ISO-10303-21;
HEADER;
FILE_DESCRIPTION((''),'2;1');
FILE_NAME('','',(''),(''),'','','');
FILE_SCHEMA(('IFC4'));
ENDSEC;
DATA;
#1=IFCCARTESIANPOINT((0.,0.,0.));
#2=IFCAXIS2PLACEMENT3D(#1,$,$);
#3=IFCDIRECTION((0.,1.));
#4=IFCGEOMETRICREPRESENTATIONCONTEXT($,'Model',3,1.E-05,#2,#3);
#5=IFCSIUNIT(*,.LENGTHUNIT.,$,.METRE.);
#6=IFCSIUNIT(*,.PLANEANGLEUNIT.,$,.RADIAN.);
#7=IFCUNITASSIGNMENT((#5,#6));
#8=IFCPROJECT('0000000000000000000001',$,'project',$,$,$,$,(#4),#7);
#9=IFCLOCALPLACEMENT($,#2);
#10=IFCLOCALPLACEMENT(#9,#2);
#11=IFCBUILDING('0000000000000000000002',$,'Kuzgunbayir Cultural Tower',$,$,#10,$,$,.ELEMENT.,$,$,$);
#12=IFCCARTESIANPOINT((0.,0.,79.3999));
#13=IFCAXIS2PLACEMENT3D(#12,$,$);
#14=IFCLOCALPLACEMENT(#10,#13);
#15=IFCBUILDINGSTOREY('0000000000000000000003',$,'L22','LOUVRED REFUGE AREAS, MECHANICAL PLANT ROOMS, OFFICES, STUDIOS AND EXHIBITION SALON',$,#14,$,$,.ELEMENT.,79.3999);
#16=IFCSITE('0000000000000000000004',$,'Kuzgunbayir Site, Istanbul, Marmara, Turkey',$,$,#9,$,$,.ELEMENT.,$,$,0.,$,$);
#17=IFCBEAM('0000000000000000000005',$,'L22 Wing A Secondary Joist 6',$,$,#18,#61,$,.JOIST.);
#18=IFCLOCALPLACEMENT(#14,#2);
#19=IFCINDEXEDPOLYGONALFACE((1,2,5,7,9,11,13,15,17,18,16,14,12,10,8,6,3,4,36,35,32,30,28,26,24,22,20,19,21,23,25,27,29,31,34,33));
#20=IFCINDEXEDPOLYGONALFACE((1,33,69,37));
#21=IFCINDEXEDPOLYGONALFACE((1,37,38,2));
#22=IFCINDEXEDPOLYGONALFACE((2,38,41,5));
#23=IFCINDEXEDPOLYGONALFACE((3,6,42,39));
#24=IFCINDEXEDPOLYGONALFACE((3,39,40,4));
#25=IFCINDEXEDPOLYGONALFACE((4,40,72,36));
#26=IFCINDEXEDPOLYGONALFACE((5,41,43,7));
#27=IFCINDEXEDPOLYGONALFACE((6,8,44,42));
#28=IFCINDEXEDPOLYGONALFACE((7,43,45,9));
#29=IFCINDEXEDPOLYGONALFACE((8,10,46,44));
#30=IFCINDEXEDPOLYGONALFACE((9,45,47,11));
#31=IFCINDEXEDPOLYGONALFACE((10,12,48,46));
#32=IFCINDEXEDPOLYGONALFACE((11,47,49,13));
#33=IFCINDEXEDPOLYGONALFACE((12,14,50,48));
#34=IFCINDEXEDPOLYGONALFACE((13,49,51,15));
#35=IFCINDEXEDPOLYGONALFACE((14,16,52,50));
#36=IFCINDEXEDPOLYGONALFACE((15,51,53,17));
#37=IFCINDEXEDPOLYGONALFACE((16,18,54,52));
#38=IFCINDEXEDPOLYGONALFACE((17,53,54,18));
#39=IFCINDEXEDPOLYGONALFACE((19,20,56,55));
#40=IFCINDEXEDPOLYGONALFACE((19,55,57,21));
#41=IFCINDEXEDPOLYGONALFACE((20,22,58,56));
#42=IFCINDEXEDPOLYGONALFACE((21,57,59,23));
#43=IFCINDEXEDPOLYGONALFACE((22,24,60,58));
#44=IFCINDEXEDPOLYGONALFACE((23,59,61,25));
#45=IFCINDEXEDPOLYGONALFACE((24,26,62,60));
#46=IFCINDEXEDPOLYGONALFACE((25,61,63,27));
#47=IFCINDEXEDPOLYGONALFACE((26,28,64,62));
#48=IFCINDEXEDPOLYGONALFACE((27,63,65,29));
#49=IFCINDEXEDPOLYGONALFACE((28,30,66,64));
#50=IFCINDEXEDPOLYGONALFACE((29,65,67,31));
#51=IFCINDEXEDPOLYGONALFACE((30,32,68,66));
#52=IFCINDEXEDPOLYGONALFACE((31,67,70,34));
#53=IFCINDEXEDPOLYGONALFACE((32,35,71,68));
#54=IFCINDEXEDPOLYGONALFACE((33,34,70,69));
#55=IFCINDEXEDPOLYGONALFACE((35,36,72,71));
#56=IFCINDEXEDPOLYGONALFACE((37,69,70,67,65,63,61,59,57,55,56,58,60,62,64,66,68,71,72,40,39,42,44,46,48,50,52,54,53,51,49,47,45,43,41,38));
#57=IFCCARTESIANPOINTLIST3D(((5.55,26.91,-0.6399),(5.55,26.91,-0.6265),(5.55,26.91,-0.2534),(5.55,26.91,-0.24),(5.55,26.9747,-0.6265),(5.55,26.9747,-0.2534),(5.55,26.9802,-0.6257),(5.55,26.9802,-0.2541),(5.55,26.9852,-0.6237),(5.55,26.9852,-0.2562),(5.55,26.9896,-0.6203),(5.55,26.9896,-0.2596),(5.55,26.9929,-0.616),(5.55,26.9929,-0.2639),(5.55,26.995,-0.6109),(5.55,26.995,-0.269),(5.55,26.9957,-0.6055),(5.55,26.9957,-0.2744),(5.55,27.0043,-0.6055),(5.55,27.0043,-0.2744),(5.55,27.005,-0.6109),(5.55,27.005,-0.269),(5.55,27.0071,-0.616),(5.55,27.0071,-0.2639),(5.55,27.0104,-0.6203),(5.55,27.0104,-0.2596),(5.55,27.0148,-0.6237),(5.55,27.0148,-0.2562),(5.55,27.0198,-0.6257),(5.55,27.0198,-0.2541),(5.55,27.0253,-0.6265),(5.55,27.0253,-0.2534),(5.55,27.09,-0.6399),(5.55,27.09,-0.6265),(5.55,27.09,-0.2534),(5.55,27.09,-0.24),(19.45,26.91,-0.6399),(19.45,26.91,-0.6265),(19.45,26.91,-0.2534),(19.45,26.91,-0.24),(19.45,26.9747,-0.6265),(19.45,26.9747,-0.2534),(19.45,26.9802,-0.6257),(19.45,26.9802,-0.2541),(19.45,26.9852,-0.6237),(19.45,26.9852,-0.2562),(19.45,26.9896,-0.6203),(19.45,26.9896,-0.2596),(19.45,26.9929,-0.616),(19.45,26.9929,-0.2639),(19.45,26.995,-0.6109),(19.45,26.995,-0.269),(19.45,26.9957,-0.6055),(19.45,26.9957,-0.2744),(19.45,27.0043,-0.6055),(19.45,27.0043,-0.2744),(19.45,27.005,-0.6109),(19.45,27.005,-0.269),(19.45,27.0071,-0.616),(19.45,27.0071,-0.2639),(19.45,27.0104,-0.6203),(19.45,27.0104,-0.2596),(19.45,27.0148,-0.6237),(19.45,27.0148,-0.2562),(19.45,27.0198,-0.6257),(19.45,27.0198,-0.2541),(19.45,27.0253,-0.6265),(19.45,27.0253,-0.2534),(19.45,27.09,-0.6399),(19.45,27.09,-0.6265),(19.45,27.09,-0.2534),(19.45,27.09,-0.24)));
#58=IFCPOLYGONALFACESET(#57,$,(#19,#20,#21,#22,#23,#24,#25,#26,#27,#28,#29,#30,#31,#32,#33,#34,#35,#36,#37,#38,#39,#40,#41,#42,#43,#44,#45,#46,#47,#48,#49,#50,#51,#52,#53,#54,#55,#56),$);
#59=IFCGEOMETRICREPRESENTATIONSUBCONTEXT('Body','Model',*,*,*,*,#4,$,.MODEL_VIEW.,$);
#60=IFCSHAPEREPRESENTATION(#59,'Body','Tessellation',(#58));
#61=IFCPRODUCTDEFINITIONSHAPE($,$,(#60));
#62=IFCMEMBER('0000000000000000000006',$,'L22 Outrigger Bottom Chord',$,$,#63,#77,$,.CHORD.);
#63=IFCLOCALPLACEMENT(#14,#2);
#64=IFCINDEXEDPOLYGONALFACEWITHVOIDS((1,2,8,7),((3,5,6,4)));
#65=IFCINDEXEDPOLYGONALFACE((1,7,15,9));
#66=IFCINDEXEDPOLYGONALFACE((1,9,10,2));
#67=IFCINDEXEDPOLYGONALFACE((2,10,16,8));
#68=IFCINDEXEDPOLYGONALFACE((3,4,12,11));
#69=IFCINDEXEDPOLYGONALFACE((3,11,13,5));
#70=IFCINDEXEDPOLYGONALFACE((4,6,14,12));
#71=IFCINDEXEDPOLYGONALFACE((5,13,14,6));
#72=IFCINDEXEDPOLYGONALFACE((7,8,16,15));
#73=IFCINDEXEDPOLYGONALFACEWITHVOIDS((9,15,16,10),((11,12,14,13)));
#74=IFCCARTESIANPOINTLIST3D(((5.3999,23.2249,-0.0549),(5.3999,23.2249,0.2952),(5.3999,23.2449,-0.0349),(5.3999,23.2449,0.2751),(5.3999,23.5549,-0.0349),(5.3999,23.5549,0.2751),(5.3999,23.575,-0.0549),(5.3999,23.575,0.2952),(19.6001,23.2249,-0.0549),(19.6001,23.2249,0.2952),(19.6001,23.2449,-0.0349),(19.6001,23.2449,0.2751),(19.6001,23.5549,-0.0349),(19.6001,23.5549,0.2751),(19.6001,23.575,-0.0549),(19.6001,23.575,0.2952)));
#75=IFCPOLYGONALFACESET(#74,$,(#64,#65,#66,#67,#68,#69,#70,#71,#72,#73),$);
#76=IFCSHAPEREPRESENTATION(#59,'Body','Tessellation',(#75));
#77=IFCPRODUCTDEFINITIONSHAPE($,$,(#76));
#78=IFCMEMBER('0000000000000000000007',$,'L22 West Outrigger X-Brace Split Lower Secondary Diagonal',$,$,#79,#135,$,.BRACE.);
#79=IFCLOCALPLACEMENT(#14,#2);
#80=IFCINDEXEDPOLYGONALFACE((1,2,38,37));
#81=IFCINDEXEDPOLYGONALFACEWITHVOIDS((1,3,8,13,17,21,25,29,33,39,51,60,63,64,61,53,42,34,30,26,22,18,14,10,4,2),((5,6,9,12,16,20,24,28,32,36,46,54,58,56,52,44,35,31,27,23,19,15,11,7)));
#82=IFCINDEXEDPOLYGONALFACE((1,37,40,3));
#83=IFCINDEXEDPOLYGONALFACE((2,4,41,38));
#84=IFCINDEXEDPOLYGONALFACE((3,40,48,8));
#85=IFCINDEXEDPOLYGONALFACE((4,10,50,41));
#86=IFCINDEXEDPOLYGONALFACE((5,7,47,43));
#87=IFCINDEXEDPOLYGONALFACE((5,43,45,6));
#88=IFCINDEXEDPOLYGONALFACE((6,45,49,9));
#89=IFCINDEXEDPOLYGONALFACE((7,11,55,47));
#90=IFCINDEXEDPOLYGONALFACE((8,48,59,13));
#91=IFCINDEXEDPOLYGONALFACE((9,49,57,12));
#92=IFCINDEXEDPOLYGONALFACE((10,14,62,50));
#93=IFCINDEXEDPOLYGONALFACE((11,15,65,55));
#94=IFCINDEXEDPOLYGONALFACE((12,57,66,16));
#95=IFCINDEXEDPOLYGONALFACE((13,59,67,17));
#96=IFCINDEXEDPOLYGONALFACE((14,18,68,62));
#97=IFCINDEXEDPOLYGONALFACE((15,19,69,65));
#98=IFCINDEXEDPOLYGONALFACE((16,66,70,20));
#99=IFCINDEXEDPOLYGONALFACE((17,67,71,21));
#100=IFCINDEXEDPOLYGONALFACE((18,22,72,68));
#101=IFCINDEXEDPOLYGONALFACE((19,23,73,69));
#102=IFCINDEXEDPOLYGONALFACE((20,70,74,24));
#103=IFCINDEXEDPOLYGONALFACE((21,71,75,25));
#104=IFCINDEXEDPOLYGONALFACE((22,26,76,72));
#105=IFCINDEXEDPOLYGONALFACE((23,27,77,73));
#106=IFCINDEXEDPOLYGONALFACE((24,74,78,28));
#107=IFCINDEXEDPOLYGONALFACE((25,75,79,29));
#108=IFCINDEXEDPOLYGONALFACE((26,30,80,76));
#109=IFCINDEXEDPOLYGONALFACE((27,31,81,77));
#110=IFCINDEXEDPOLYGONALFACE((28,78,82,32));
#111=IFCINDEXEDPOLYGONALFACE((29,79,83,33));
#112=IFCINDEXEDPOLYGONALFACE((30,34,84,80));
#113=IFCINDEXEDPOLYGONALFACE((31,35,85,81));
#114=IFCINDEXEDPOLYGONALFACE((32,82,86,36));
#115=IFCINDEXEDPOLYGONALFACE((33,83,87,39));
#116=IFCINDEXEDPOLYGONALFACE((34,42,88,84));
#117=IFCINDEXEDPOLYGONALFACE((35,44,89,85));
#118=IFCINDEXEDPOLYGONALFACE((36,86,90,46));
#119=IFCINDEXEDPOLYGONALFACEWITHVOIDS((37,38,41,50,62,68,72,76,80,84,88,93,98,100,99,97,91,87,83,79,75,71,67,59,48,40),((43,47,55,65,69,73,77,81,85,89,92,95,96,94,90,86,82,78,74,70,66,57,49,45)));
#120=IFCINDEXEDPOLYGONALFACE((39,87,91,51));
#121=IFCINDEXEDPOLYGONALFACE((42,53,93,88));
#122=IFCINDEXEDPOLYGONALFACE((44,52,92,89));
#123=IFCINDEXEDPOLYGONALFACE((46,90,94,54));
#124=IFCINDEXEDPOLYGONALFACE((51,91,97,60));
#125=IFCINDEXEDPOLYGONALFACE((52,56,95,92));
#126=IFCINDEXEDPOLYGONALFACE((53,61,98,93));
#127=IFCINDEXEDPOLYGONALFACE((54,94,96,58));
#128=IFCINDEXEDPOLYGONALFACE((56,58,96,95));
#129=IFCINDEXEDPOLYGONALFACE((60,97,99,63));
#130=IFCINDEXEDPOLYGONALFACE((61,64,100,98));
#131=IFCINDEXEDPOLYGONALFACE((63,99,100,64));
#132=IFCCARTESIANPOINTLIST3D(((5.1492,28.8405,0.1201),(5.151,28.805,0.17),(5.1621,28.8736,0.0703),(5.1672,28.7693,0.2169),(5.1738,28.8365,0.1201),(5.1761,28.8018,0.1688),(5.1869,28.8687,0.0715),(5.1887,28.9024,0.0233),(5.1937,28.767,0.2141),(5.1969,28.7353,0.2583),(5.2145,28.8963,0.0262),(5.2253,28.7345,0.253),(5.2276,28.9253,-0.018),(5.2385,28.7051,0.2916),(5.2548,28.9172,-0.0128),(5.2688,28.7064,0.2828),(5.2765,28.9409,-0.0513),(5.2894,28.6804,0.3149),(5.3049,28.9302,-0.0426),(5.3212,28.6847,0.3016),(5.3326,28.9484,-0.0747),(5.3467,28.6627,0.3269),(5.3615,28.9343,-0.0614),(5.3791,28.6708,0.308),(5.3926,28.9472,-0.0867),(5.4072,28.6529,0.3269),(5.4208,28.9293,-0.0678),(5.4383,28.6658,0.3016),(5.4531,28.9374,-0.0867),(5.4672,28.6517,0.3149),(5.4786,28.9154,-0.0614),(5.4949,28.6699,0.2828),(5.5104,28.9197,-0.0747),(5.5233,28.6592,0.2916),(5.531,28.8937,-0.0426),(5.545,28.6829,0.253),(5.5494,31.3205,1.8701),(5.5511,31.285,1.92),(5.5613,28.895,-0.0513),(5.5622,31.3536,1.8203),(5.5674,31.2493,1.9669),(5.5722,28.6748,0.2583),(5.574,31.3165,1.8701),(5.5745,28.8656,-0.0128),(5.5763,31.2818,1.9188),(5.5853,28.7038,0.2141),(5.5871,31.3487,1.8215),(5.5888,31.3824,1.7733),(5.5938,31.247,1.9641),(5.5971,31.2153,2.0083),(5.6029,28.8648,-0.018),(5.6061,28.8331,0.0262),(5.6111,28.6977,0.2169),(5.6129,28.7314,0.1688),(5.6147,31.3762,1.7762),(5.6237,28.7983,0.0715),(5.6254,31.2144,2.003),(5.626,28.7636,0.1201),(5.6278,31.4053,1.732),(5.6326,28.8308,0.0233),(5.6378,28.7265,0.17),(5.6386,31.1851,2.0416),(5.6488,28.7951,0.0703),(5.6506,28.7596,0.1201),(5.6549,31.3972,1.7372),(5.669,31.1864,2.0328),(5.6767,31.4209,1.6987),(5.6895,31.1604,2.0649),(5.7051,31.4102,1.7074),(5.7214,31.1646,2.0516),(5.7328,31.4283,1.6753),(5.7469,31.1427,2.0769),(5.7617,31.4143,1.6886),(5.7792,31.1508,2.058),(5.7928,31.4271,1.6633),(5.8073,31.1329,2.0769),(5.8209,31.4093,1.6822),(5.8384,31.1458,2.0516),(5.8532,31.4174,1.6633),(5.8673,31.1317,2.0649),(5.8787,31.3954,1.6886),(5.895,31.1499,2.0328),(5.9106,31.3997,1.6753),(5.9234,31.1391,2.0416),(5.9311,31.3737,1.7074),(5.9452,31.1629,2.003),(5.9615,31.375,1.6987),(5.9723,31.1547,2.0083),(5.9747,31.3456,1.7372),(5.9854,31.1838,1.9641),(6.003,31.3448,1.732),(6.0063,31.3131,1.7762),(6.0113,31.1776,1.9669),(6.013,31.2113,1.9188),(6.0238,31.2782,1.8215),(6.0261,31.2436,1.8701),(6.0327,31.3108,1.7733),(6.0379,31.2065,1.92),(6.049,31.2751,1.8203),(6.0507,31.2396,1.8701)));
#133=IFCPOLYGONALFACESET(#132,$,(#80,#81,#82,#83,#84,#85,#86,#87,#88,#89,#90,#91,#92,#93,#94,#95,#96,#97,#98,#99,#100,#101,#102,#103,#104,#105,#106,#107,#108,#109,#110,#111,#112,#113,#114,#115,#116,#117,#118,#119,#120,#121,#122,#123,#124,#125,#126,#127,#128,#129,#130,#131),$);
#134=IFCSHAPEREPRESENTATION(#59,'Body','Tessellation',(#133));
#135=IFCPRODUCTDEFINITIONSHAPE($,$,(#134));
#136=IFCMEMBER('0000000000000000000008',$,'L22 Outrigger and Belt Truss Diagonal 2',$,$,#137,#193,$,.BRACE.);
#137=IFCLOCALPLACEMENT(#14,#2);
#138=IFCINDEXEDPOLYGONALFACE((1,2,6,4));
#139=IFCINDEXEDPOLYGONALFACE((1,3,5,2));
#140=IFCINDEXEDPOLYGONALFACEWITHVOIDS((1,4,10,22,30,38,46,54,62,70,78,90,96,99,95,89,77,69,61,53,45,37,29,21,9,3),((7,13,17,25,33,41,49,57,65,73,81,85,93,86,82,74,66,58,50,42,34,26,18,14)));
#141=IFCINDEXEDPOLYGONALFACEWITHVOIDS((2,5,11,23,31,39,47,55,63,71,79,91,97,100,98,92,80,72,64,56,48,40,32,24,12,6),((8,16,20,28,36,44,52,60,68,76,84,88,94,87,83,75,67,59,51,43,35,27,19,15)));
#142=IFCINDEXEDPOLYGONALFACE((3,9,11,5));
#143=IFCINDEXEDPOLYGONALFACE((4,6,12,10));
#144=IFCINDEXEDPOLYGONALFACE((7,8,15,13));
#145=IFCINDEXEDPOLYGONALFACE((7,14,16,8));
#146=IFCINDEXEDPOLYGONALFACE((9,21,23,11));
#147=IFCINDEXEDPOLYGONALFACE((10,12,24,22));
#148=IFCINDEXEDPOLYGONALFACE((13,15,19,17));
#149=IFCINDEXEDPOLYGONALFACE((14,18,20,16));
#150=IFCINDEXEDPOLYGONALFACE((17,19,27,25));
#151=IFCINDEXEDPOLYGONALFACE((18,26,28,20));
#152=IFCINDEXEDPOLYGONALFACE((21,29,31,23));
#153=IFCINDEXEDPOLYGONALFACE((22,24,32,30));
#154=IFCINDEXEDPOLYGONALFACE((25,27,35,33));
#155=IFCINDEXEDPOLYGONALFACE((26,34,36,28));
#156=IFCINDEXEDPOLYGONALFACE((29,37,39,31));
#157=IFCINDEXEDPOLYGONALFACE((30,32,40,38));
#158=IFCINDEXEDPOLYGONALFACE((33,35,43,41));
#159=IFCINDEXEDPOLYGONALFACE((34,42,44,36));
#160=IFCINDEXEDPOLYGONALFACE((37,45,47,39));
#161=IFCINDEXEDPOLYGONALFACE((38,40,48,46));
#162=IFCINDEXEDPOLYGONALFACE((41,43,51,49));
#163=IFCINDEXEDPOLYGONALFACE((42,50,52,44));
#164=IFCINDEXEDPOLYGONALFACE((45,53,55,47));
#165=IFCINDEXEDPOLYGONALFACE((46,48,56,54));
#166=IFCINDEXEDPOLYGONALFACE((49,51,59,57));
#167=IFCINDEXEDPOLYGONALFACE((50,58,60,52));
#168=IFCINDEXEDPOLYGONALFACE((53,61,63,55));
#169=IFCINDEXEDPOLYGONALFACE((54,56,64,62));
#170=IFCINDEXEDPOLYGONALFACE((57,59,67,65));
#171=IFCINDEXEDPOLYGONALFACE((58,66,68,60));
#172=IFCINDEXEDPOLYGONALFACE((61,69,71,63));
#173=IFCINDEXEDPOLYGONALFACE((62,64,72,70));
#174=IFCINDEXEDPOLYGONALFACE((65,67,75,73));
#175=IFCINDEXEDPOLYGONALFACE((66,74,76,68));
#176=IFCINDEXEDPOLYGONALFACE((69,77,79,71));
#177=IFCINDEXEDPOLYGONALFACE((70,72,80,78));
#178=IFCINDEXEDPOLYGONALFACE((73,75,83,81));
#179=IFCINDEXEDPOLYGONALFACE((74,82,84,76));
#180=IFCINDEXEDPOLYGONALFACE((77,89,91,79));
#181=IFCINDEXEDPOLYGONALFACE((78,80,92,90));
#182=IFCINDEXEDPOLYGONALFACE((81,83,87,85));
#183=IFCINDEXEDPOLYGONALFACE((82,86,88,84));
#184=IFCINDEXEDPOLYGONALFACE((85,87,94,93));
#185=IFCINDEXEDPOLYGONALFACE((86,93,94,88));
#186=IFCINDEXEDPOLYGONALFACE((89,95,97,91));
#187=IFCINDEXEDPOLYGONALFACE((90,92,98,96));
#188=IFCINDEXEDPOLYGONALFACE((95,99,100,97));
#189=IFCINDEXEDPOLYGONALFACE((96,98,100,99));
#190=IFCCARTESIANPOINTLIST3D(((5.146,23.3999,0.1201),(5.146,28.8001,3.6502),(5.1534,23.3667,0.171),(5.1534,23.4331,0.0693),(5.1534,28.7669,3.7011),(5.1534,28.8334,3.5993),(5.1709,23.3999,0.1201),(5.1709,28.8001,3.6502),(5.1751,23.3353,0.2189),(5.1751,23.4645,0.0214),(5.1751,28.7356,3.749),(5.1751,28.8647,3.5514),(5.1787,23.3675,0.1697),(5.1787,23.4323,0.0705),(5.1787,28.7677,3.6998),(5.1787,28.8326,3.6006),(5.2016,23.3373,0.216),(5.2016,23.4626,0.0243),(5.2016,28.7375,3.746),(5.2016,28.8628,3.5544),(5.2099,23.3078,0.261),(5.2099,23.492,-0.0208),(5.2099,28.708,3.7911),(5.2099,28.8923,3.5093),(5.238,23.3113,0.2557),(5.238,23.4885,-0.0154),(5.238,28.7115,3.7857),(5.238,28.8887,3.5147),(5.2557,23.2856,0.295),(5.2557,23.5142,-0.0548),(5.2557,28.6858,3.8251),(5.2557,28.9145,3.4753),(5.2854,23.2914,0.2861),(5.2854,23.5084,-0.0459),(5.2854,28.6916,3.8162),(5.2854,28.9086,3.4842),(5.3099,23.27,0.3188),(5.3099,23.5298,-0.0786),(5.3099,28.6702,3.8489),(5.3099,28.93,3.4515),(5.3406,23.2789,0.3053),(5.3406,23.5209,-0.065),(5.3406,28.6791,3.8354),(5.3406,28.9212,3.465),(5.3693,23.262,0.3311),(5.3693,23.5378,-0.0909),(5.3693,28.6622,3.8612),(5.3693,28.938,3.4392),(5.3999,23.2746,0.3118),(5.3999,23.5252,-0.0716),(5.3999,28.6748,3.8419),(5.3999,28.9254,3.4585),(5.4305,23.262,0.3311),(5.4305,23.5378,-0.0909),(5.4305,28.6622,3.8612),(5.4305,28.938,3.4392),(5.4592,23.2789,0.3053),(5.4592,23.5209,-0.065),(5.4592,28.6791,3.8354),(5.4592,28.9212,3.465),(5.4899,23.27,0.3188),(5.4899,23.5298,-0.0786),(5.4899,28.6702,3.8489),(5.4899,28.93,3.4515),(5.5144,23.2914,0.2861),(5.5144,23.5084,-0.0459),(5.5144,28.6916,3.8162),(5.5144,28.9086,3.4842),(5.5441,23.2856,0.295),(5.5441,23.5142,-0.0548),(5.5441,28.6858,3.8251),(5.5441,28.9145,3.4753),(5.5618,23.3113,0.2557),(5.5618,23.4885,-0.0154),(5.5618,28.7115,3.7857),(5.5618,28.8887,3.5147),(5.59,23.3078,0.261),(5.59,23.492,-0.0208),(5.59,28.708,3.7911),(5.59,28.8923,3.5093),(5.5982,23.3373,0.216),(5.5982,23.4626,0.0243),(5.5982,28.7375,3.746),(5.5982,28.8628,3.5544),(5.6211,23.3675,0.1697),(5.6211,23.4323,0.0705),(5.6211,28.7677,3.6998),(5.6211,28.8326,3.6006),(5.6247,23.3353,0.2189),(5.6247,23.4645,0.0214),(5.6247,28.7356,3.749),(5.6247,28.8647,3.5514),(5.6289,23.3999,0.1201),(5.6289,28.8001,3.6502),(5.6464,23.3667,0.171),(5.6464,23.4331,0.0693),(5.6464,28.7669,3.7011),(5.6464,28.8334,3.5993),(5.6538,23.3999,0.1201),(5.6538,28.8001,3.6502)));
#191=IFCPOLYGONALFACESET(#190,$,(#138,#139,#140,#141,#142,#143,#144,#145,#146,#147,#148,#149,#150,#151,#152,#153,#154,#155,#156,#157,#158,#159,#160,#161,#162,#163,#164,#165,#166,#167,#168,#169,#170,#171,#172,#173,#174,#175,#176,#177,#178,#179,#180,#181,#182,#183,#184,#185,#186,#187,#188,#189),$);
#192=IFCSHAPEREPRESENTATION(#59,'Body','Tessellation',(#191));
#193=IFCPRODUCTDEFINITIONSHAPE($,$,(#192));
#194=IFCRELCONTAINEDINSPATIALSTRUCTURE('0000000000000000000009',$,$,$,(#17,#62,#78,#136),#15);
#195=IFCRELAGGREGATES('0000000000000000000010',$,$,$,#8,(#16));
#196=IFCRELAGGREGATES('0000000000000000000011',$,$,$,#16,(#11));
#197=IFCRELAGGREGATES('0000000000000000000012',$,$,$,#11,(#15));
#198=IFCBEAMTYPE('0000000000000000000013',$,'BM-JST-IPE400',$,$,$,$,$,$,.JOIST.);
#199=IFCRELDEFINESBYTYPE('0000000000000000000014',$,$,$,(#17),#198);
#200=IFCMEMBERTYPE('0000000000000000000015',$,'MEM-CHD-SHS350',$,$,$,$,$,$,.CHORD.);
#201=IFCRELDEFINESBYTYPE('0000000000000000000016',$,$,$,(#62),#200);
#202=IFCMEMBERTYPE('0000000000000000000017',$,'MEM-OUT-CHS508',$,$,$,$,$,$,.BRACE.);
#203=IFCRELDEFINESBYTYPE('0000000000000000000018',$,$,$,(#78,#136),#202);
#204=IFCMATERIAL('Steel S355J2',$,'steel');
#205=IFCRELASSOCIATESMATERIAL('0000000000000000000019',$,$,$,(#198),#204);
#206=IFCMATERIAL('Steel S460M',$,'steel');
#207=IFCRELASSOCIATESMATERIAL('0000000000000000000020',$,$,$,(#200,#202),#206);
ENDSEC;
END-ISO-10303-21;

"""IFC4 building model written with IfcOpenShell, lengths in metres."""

from ifc_helpers import new_model, si_unit, direction, frame, origin, origin_2d, place, context, subcontext, project, spatial, hollow_rectangle, hollow_circle, i_section, extrude, material, material_profile, profile_set, type_object, element, save


model = new_model("IFC4")

# Units and contexts
model_context = context("Model", 3, precision=1e-05, world=origin(), true_north=direction((0.0, 1.0)))
body_context = subcontext(model_context, "Body", "Model", "MODEL_VIEW")
ifc_project = project(units=[si_unit("LENGTHUNIT", "METRE"), si_unit("PLANEANGLEUNIT", "RADIAN")], contexts=[model_context])

# Site, building, storey
site_placement = place(None, origin())
site = spatial("IfcSite", under=ifc_project, at=site_placement, Name="Kuzgunbayir Site, Istanbul, Marmara, Turkey", CompositionType="ELEMENT", RefElevation=0.0)
building_placement = place(site_placement, origin())
building = spatial("IfcBuilding", under=site, at=building_placement, Name="Kuzgunbayir Cultural Tower", CompositionType="ELEMENT")
storey_placement = place(building_placement, frame((0.0, 0.0, 79.3999)))
storey = spatial("IfcBuildingStorey", under=building, at=storey_placement, Name="L22", Description="LOUVRED REFUGE AREAS, MECHANICAL PLANT ROOMS, OFFICES, STUDIOS AND EXHIBITION SALON", CompositionType="ELEMENT", Elevation=79.3999)

# Beam
ifc_material_1 = material(Name="Steel S355J2", Category="steel")
ifc_material_profile_1 = material_profile(ifc_material_1, i_section(OverallWidth=0.1799, OverallDepth=0.3999, WebThickness=0.0085, FlangeThickness=0.0134, FilletRadius=0.021, at=origin_2d()), Name="IPE 400")
ifc_profile_set_1 = profile_set([ifc_material_profile_1], Name="Steel S355J2")
beam_type_1 = type_object("IfcBeamType", Name="BM-JST-IPE400", PredefinedType="JOIST", material=ifc_profile_set_1)
for number, where, z_axis, x_axis, name in (
    (1, (5.55, 27.0, -0.4399), (1.0, 0.0, 0.0), (0.0, 1.0, 0.0), "L22 Wing A Secondary Joist 6"),
):
    element("IfcBeam", number, at=place(storey_placement, frame(where, z_axis=z_axis, x_axis=x_axis)), inside=storey, type_object=beam_type_1, Name=name, PredefinedType="JOIST", context=body_context, shape_type="SweptSolid", body=[
        extrude(i_section(OverallWidth=0.1799, OverallDepth=0.3999, WebThickness=0.0085, FlangeThickness=0.0134, FilletRadius=0.021, at=origin_2d()), origin(), (0.0, 0.0, 1.0), 13.8999),
    ])

# Members
ifc_material_2 = material(Name="Steel S460M", Category="steel")
ifc_material_profile_2 = material_profile(ifc_material_2, hollow_rectangle(XDim=0.3501, YDim=0.3501, WallThickness=0.02, at=origin_2d()), Name="SHS 350x350x20")
ifc_profile_set_2 = profile_set([ifc_material_profile_2], Name="Steel S460M")
member_type_1 = type_object("IfcMemberType", Name="MEM-CHD-SHS350", PredefinedType="CHORD", material=ifc_profile_set_2)
member_1_placement = place(storey_placement, frame((5.3999, 23.3999, 0.1201), z_axis=(1.0, 0.0, 0.0), x_axis=(0.0, 1.0, 0.0)))
element("IfcMember", 2, at=member_1_placement, inside=storey, type_object=member_type_1, Name="L22 Outrigger Bottom Chord", PredefinedType="CHORD", context=body_context, shape_type="SweptSolid", body=[
    extrude(hollow_rectangle(XDim=0.3501, YDim=0.3501, WallThickness=0.02, at=origin_2d()), origin(), (0.0, 0.0, 1.0), 14.2002),
])
ifc_material_profile_3 = material_profile(ifc_material_2, hollow_circle(Radius=0.2539, WallThickness=0.0249, at=origin_2d()), Name="CHS 508x25")
ifc_profile_set_3 = profile_set([ifc_material_profile_3], Name="Steel S460M")
member_type_2 = type_object("IfcMemberType", Name="MEM-OUT-CHS508", PredefinedType="BRACE", material=ifc_profile_set_3)
member_2_placement = place(storey_placement, frame((5.3999, 28.8, 0.1201), z_axis=(0.130702, 0.810048, 0.571611), x_axis=(-0.987232, 0.15929, 0.0)))
element("IfcMember", 3, at=member_2_placement, inside=storey, type_object=member_type_2, Name="L22 West Outrigger X-Brace Split Lower Secondary Diagonal", PredefinedType="BRACE", context=body_context, shape_type="SweptSolid", body=[
    extrude(hollow_circle(Radius=0.2539, WallThickness=0.0249, at=origin_2d()), origin(), (0.0, 0.0, 1.0), 3.0615),
])
for number, where, z_axis, x_axis, name in (
    (4, (5.3999, 23.3999, 0.1201), (0.0, 0.837029, 0.547159), (-1.0, 0.0, 0.0), "L22 Outrigger and Belt Truss Diagonal 2"),
):
    element("IfcMember", number, at=place(storey_placement, frame(where, z_axis=z_axis, x_axis=x_axis)), inside=storey, type_object=member_type_2, Name=name, PredefinedType="BRACE", context=body_context, shape_type="SweptSolid", body=[
        extrude(hollow_circle(Radius=0.2539, WallThickness=0.0249, at=origin_2d()), origin(), (0.0, 0.0, 1.0), 6.4517),
    ])

save(model, "model.ifc")
